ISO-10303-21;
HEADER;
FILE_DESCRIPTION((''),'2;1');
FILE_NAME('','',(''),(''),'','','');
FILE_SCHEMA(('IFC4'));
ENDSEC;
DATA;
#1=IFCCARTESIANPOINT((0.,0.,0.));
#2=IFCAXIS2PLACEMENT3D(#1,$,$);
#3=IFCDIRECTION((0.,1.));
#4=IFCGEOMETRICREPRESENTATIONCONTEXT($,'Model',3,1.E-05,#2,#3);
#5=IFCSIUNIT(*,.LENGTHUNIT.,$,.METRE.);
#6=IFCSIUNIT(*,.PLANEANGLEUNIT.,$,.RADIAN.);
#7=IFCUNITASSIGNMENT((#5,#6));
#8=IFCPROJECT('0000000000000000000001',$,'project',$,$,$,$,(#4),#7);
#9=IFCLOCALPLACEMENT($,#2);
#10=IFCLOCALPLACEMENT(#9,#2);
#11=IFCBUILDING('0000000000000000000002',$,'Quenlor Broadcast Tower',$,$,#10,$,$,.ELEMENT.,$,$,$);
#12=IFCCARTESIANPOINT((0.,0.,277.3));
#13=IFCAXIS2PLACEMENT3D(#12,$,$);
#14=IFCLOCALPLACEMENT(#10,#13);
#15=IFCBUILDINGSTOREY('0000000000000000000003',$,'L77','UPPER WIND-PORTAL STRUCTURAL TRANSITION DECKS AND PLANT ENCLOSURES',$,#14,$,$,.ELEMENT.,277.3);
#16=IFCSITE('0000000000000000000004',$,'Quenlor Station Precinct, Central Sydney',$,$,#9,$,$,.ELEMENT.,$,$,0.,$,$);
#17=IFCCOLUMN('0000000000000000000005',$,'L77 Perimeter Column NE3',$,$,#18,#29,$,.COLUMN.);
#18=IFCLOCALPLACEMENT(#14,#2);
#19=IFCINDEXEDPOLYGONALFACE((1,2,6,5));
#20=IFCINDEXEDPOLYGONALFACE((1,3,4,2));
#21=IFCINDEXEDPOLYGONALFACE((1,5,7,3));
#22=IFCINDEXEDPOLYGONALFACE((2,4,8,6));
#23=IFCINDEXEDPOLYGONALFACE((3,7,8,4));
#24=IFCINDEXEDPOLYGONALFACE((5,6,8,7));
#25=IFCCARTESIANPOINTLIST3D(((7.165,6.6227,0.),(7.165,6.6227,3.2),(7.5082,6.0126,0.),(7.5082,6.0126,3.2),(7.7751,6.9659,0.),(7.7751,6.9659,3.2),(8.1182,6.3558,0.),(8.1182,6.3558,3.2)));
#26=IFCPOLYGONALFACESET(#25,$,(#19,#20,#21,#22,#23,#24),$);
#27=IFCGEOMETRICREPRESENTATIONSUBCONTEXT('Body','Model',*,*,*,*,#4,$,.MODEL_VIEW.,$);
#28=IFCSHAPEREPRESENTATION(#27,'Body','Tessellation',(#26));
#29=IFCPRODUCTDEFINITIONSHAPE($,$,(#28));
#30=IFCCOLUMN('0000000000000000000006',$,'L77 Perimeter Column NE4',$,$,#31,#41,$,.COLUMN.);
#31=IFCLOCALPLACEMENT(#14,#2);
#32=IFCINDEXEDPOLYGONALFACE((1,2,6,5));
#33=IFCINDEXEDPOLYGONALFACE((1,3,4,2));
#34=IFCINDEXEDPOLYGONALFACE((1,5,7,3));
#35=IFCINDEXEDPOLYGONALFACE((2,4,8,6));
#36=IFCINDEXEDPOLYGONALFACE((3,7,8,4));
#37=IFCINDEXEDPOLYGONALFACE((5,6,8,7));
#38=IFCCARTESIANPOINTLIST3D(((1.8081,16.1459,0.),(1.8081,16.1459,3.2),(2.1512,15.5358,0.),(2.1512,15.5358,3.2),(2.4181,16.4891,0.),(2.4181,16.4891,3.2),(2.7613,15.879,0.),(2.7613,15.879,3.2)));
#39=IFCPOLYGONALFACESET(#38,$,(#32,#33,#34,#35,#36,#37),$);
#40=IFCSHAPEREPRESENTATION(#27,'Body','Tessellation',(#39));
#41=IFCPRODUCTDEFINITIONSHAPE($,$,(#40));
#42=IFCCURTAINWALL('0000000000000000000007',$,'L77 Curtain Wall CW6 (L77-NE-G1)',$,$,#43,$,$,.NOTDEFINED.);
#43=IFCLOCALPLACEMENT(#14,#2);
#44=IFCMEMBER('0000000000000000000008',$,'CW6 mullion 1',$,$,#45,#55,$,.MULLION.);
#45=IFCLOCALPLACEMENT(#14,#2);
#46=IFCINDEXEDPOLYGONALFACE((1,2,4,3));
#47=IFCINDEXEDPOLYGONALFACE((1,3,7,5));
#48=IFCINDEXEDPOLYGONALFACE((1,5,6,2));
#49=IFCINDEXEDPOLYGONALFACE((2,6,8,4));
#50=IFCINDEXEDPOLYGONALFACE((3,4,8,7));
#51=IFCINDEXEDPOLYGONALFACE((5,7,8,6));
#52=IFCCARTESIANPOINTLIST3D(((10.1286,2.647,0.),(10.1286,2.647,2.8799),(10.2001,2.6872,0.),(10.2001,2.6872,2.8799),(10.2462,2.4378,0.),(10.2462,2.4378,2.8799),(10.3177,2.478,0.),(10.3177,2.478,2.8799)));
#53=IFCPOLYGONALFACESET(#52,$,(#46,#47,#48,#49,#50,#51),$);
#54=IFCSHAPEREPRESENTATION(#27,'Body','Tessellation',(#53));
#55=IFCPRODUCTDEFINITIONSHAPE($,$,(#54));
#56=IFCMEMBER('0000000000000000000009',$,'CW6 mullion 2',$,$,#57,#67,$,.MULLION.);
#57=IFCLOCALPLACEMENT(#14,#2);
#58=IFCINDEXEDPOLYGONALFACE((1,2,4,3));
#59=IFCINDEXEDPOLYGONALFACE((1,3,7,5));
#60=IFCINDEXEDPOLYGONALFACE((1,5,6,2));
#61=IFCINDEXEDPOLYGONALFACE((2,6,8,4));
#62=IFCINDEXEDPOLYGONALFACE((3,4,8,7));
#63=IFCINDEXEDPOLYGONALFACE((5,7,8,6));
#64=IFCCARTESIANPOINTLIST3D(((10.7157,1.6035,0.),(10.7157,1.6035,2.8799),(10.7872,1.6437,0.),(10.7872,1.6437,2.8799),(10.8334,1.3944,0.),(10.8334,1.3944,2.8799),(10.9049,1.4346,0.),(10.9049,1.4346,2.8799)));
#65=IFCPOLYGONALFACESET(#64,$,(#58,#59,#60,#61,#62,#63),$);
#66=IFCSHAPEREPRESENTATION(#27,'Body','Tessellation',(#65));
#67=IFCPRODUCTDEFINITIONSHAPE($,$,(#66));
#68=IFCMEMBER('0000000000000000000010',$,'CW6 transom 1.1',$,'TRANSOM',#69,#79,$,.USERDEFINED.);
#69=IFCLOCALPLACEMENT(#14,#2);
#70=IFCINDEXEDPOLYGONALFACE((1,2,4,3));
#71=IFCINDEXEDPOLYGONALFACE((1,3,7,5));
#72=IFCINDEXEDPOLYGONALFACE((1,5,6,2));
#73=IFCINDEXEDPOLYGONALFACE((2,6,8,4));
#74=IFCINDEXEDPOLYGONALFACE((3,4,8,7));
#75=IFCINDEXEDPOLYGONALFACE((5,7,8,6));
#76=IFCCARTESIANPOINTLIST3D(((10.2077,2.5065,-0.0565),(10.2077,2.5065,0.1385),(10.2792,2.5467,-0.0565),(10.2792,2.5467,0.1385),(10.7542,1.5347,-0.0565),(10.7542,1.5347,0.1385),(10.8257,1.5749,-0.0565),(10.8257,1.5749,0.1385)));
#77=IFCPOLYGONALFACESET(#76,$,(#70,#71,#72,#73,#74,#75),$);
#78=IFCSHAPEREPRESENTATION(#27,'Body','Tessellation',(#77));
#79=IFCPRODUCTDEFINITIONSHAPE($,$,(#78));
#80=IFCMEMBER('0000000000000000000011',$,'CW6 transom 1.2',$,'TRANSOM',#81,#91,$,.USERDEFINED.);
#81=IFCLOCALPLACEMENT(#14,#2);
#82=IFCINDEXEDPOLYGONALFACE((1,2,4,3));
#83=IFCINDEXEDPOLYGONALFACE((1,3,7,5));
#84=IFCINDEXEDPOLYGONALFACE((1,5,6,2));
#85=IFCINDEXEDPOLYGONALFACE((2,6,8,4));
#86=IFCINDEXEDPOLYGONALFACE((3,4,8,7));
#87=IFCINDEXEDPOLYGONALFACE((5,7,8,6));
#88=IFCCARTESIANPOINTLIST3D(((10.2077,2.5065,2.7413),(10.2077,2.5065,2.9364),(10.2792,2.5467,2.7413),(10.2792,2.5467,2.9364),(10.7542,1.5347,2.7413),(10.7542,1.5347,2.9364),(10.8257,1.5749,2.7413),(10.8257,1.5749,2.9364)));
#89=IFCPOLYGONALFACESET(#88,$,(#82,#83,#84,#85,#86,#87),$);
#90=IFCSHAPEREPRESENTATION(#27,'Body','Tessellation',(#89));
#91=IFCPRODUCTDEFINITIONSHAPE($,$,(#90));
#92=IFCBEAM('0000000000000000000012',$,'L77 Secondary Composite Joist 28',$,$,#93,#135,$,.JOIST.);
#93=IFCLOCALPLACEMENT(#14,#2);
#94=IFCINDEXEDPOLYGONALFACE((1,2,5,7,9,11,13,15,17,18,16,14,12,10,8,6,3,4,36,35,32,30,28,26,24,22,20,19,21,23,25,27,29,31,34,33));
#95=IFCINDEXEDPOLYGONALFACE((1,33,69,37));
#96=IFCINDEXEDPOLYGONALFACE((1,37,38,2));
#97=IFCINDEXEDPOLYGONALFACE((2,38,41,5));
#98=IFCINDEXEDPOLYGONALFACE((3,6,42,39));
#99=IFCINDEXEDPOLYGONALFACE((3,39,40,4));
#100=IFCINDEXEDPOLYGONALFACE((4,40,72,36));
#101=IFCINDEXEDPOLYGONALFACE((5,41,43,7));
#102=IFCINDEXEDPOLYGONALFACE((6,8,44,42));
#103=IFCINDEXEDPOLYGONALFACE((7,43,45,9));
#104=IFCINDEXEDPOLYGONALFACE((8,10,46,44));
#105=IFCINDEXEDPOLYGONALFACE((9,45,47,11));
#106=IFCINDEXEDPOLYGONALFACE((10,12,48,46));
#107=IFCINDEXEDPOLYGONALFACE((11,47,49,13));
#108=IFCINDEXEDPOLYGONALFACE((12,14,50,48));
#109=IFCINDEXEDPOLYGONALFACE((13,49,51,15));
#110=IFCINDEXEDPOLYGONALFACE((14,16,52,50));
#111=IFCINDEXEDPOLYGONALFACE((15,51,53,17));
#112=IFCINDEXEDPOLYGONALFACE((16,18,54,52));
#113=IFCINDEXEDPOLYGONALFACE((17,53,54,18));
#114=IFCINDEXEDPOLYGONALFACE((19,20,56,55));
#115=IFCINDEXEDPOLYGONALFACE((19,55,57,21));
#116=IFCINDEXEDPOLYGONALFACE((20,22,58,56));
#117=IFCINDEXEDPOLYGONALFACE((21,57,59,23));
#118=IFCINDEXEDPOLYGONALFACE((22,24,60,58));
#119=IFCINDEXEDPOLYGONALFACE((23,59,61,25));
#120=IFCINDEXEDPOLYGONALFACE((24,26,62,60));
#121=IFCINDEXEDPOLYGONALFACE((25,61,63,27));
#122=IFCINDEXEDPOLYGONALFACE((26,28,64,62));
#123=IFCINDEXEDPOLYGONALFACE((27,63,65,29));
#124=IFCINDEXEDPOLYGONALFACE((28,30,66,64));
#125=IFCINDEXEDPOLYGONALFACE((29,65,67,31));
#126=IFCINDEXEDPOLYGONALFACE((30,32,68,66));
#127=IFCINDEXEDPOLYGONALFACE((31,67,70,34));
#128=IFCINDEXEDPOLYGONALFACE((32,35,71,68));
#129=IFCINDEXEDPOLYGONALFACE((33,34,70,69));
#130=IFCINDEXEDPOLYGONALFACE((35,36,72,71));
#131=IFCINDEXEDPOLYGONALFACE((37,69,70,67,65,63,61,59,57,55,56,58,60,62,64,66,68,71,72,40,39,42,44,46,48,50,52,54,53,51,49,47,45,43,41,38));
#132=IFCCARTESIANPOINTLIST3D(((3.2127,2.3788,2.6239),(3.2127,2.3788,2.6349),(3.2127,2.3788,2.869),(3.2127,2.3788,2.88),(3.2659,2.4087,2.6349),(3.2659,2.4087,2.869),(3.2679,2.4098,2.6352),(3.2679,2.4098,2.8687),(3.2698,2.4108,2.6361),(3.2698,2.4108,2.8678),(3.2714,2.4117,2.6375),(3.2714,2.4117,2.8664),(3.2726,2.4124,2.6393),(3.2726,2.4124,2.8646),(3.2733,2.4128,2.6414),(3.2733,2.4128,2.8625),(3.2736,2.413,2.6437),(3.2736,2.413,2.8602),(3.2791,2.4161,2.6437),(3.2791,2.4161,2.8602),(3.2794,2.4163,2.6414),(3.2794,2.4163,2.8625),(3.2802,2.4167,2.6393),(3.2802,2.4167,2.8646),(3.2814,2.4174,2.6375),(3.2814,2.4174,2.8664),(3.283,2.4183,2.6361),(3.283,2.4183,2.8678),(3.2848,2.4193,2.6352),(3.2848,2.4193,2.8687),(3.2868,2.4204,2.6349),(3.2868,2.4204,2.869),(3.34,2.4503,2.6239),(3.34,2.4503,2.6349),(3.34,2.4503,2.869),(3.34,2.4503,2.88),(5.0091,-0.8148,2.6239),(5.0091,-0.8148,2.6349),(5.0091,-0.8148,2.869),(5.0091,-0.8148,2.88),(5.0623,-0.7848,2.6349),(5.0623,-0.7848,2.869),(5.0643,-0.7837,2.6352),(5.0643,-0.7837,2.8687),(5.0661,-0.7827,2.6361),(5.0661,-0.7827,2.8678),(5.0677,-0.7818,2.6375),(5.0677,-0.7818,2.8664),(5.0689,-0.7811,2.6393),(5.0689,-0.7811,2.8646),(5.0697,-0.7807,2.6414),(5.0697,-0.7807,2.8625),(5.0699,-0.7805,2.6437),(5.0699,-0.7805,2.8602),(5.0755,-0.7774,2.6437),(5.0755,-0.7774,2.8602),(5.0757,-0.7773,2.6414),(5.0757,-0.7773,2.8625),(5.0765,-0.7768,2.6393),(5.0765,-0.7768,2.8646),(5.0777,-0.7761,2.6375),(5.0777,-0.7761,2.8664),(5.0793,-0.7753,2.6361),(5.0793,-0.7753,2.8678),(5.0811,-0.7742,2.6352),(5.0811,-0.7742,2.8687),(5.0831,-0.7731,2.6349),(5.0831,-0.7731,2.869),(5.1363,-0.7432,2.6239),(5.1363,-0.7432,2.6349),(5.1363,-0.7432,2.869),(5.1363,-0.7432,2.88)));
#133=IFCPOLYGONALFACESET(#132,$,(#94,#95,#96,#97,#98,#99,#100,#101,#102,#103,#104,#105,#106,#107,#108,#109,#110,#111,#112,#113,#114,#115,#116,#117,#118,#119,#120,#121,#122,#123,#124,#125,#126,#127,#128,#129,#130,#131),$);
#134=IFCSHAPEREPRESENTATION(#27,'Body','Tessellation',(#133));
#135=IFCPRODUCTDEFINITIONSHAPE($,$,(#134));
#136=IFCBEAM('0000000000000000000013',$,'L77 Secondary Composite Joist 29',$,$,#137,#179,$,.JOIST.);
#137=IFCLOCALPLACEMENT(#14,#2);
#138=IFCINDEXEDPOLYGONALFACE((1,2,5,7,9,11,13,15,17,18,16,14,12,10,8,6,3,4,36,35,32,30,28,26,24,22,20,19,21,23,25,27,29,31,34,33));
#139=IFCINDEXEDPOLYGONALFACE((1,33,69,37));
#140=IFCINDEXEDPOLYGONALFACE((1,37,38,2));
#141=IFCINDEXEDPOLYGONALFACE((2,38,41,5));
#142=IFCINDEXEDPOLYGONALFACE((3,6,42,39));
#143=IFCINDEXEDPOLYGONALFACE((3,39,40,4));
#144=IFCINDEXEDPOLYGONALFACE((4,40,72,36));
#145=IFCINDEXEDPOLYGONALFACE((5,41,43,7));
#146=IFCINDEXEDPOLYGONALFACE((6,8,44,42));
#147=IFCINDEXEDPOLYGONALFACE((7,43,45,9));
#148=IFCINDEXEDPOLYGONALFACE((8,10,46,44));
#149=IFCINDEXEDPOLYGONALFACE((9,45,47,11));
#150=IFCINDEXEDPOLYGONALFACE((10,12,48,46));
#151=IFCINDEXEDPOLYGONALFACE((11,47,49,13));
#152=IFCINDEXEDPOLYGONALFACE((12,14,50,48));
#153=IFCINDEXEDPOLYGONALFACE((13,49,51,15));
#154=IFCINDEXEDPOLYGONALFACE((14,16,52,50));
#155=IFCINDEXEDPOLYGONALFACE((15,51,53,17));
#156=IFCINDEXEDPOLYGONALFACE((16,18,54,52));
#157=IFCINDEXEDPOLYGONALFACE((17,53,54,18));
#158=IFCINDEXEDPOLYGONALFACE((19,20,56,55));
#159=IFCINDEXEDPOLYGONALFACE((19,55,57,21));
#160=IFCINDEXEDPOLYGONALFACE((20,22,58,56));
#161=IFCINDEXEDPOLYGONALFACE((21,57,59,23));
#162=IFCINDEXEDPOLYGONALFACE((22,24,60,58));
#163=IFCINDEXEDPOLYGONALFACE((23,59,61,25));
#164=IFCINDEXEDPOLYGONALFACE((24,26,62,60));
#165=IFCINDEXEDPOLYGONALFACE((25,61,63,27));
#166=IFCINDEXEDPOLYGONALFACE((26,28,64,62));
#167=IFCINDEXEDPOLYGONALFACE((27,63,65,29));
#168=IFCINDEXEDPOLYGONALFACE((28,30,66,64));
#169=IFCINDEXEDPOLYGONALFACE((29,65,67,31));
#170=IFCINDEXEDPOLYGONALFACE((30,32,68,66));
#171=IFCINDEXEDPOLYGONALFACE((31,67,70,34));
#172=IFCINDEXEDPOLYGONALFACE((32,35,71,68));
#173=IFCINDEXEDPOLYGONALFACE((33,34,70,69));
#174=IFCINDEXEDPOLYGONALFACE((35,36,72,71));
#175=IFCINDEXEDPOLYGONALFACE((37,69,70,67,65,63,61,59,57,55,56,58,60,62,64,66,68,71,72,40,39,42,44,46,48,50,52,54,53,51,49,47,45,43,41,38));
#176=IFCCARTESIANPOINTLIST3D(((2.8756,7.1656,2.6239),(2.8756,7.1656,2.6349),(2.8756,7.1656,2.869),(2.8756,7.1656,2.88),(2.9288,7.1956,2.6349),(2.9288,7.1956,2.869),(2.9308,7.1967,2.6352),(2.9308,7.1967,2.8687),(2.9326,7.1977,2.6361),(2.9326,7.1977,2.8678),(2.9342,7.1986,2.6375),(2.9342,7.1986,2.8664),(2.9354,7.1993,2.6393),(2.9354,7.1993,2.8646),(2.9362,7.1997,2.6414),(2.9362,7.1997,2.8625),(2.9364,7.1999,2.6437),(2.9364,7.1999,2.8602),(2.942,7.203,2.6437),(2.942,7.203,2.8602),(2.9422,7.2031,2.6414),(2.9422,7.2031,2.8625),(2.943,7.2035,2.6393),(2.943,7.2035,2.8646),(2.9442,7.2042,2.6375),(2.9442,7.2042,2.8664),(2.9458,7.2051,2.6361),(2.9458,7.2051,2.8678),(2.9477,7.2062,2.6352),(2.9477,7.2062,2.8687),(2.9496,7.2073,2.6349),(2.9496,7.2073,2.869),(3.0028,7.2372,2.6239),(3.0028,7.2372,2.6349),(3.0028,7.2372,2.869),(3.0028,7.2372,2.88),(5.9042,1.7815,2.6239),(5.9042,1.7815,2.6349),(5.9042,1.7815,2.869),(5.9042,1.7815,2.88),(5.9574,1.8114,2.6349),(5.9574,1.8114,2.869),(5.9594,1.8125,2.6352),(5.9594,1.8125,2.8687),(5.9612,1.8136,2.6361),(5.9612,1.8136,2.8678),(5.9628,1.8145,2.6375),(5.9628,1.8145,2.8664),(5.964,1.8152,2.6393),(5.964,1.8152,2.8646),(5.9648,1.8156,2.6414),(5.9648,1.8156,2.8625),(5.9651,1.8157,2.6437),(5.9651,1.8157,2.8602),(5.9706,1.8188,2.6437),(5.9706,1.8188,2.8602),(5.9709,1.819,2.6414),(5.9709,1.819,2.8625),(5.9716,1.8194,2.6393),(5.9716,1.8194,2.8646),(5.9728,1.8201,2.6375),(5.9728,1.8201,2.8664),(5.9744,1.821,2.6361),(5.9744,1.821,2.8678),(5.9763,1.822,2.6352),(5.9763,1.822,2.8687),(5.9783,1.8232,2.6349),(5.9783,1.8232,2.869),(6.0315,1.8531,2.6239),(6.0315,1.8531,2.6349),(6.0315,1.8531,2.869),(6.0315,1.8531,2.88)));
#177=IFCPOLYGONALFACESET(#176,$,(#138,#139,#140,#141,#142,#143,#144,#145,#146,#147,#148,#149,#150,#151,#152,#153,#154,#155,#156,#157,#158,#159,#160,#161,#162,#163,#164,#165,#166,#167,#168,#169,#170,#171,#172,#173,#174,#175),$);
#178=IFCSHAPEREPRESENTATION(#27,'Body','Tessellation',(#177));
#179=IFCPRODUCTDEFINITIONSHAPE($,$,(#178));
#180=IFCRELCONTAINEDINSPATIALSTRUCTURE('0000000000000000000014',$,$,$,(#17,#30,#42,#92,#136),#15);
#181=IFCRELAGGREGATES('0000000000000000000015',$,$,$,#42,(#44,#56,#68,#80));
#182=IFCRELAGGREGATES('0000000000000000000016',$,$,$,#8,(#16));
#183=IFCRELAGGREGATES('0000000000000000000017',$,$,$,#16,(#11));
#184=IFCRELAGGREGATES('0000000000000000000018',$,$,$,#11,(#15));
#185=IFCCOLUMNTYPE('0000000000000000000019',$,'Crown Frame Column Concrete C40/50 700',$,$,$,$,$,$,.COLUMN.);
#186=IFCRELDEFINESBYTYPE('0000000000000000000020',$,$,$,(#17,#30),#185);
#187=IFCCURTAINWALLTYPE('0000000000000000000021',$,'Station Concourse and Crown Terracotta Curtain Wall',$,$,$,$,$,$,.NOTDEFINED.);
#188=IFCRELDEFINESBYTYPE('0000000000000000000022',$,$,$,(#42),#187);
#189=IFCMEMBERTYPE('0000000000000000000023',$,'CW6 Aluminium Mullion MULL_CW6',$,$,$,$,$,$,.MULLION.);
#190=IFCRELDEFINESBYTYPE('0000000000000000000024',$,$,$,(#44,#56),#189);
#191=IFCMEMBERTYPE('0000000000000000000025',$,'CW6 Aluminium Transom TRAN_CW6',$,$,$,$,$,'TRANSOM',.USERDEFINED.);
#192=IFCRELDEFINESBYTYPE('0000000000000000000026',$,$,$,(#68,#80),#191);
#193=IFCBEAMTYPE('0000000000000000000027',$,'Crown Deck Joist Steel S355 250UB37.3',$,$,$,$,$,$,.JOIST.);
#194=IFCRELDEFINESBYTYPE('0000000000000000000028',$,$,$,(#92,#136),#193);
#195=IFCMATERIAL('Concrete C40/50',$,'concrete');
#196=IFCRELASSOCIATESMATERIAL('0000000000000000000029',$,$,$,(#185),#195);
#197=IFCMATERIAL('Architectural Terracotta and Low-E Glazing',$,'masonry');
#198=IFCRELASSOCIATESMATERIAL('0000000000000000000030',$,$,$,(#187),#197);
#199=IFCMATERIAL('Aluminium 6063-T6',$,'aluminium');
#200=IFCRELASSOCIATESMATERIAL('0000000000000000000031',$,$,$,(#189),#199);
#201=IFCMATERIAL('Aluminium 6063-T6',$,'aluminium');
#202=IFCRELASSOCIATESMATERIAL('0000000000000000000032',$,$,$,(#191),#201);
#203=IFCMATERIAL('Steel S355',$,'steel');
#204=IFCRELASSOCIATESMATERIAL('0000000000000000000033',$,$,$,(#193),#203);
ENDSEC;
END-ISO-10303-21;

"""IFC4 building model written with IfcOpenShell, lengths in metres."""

from ifc_helpers import new_model, si_unit, direction, frame, origin, origin_2d, place, context, subcontext, project, spatial, rectangle, i_section, extrude, material, material_profile, profile_set, type_object, element, aggregate, save


model = new_model("IFC4")

# Units and contexts
model_context = context("Model", 3, precision=1e-05, world=origin(), true_north=direction((0.0, 1.0)))
body_context = subcontext(model_context, "Body", "Model", "MODEL_VIEW")
ifc_project = project(units=[si_unit("LENGTHUNIT", "METRE"), si_unit("PLANEANGLEUNIT", "RADIAN")], contexts=[model_context])

# Site, building, storey
site_placement = place(None, origin())
site = spatial("IfcSite", under=ifc_project, at=site_placement, Name="Quenlor Station Precinct, Central Sydney", CompositionType="ELEMENT", RefElevation=0.0)
building_placement = place(site_placement, origin())
building = spatial("IfcBuilding", under=site, at=building_placement, Name="Quenlor Broadcast Tower", CompositionType="ELEMENT")
storey_placement = place(building_placement, frame((0.0, 0.0, 277.3)))
storey = spatial("IfcBuildingStorey", under=building, at=storey_placement, Name="L77", Description="UPPER WIND-PORTAL STRUCTURAL TRANSITION DECKS AND PLANT ENCLOSURES", CompositionType="ELEMENT", Elevation=277.3)

# Columns
ifc_material_1 = material(Name="Concrete C40/50", Category="concrete")
ifc_material_profile_1 = material_profile(ifc_material_1, rectangle(XDim=0.7, YDim=0.7, at=origin_2d()))
ifc_profile_set_1 = profile_set([ifc_material_profile_1], Name="Concrete C40/50 RC700x700")
column_type = type_object("IfcColumnType", Name="Crown Frame Column Concrete C40/50 700", PredefinedType="COLUMN", material=ifc_profile_set_1)
for number, where, z_axis, x_axis, name in (
    (1, (7.6416, 6.4893, 0.0), (0.0, 0.0, 1.0), (0.871575, 0.490262, 0.0), "L77 Perimeter Column NE3"),
    (2, (2.2847, 16.0125, 0.0), (0.0, 0.0, 1.0), (0.871575, 0.490262, 0.0), "L77 Perimeter Column NE4"),
):
    element("IfcColumn", number, at=place(storey_placement, frame(where, z_axis=z_axis, x_axis=x_axis)), inside=storey, type_object=column_type, Name=name, PredefinedType="COLUMN", context=body_context, shape_type="SweptSolid", body=[
        extrude(rectangle(XDim=0.7, YDim=0.7, at=origin_2d()), origin(), (0.0, 0.0, 1.0), 3.2),
    ])

# Curtain wall, members
ifc_material_2 = material(Name="Architectural Terracotta and Low-E Glazing", Category="masonry")
curtain_wall_type = type_object("IfcCurtainWallType", Name="Station Concourse and Crown Terracotta Curtain Wall", PredefinedType="NOTDEFINED", material=ifc_material_2)
curtain_wall_placement = place(storey_placement, origin())
curtain_wall = element("IfcCurtainWall", 3, at=curtain_wall_placement, inside=storey, type_object=curtain_wall_type, Name="L77 Curtain Wall CW6 (L77-NE-G1)", PredefinedType="NOTDEFINED")
ifc_material_3 = material(Name="Aluminium 6063-T6", Category="aluminium")
ifc_material_profile_2 = material_profile(ifc_material_3, rectangle(XDim=0.082, YDim=0.24, at=origin_2d()))
ifc_profile_set_2 = profile_set([ifc_material_profile_2], Name="Aluminium 6063-T6 MULL82x240")
member_type_1 = type_object("IfcMemberType", Name="CW6 Aluminium Mullion MULL_CW6", PredefinedType="MULLION", material=ifc_profile_set_2)
member_1_placement = place(storey_placement, frame((10.2231, 2.5625, 0.0), z_axis=(0.0, 0.0, 1.0), x_axis=(0.871553, 0.490302, 0.0)))
member_1 = element("IfcMember", 4, at=member_1_placement, type_object=member_type_1, Name="CW6 mullion 1", PredefinedType="MULLION", context=body_context, shape_type="SweptSolid", body=[
    extrude(rectangle(XDim=0.082, YDim=0.24, at=origin_2d()), origin(), (0.0, 0.0, 1.0), 2.8799),
])
member_2_placement = place(storey_placement, frame((10.8103, 1.519, 0.0), z_axis=(0.0, 0.0, 1.0), x_axis=(0.871553, 0.490302, 0.0)))
member_2 = element("IfcMember", 5, at=member_2_placement, type_object=member_type_1, Name="CW6 mullion 2", PredefinedType="MULLION", context=body_context, shape_type="SweptSolid", body=[
    extrude(rectangle(XDim=0.082, YDim=0.24, at=origin_2d()), origin(), (0.0, 0.0, 1.0), 2.8799),
])
ifc_material_4 = material(Name="Aluminium 6063-T6", Category="aluminium")
ifc_material_profile_3 = material_profile(ifc_material_4, rectangle(XDim=0.082, YDim=0.1951, at=origin_2d()))
ifc_profile_set_3 = profile_set([ifc_material_profile_3], Name="Aluminium 6063-T6 TRAN82x195")
member_type_2 = type_object("IfcMemberType", Name="CW6 Aluminium Transom TRAN_CW6", ElementType="TRANSOM", PredefinedType="USERDEFINED", material=ifc_profile_set_3)
member_3_placement = place(storey_placement, frame((10.2434, 2.5266, 0.041), z_axis=(0.490209, -0.871605, 0.0), x_axis=(0.871605, 0.490209, 0.0)))
member_3 = element("IfcMember", 6, at=member_3_placement, type_object=member_type_2, Name="CW6 transom 1.1", ObjectType="TRANSOM", PredefinedType="USERDEFINED", context=body_context, shape_type="SweptSolid", body=[
    extrude(rectangle(XDim=0.082, YDim=0.1951, at=origin_2d()), origin(), (0.0, 0.0, 1.0), 1.115),
])
member_4_placement = place(storey_placement, frame((10.2434, 2.5266, 2.8389), z_axis=(0.490209, -0.871605, 0.0), x_axis=(0.871605, 0.490209, 0.0)))
member_4 = element("IfcMember", 7, at=member_4_placement, type_object=member_type_2, Name="CW6 transom 1.2", ObjectType="TRANSOM", PredefinedType="USERDEFINED", context=body_context, shape_type="SweptSolid", body=[
    extrude(rectangle(XDim=0.082, YDim=0.1951, at=origin_2d()), origin(), (0.0, 0.0, 1.0), 1.115),
])

# Beams
ifc_material_5 = material(Name="Steel S355", Category="steel")
ifc_material_profile_4 = material_profile(ifc_material_5, i_section(OverallWidth=0.146, OverallDepth=0.2561, WebThickness=0.0063, FlangeThickness=0.011, FilletRadius=0.0088, at=origin_2d()))
ifc_profile_set_4 = profile_set([ifc_material_profile_4], Name="Steel S355 250UB37.3")
beam_type_1 = type_object("IfcBeamType", Name="Crown Deck Joist Steel S355 250UB37.3", PredefinedType="JOIST", material=ifc_profile_set_4)
beam_1_placement = place(storey_placement, frame((3.2764, 2.4146, 2.752), z_axis=(0.490258, -0.871577, 0.0), x_axis=(0.871577, 0.490258, 0.0)))
element("IfcBeam", 8, at=beam_1_placement, inside=storey, type_object=beam_type_1, Name="L77 Secondary Composite Joist 28", PredefinedType="JOIST", context=body_context, shape_type="SweptSolid", body=[
    extrude(i_section(OverallWidth=0.146, OverallDepth=0.2561, WebThickness=0.0063, FlangeThickness=0.011, FilletRadius=0.0088, at=origin_2d()), origin(), (0.0, 0.0, 1.0), 3.6641),
])
beam_2_placement = place(storey_placement, frame((2.9392, 7.2014, 2.752), z_axis=(0.490267, -0.871572, 0.0), x_axis=(0.871572, 0.490267, 0.0)))
element("IfcBeam", 9, at=beam_2_placement, inside=storey, type_object=beam_type_1, Name="L77 Secondary Composite Joist 29", PredefinedType="JOIST", context=body_context, shape_type="SweptSolid", body=[
    extrude(i_section(OverallWidth=0.146, OverallDepth=0.2561, WebThickness=0.0063, FlangeThickness=0.011, FilletRadius=0.0088, at=origin_2d()), origin(), (0.0, 0.0, 1.0), 6.1775),
])

aggregate(curtain_wall, [member_1, member_2, member_3, member_4])

save(model, "model.ifc")
